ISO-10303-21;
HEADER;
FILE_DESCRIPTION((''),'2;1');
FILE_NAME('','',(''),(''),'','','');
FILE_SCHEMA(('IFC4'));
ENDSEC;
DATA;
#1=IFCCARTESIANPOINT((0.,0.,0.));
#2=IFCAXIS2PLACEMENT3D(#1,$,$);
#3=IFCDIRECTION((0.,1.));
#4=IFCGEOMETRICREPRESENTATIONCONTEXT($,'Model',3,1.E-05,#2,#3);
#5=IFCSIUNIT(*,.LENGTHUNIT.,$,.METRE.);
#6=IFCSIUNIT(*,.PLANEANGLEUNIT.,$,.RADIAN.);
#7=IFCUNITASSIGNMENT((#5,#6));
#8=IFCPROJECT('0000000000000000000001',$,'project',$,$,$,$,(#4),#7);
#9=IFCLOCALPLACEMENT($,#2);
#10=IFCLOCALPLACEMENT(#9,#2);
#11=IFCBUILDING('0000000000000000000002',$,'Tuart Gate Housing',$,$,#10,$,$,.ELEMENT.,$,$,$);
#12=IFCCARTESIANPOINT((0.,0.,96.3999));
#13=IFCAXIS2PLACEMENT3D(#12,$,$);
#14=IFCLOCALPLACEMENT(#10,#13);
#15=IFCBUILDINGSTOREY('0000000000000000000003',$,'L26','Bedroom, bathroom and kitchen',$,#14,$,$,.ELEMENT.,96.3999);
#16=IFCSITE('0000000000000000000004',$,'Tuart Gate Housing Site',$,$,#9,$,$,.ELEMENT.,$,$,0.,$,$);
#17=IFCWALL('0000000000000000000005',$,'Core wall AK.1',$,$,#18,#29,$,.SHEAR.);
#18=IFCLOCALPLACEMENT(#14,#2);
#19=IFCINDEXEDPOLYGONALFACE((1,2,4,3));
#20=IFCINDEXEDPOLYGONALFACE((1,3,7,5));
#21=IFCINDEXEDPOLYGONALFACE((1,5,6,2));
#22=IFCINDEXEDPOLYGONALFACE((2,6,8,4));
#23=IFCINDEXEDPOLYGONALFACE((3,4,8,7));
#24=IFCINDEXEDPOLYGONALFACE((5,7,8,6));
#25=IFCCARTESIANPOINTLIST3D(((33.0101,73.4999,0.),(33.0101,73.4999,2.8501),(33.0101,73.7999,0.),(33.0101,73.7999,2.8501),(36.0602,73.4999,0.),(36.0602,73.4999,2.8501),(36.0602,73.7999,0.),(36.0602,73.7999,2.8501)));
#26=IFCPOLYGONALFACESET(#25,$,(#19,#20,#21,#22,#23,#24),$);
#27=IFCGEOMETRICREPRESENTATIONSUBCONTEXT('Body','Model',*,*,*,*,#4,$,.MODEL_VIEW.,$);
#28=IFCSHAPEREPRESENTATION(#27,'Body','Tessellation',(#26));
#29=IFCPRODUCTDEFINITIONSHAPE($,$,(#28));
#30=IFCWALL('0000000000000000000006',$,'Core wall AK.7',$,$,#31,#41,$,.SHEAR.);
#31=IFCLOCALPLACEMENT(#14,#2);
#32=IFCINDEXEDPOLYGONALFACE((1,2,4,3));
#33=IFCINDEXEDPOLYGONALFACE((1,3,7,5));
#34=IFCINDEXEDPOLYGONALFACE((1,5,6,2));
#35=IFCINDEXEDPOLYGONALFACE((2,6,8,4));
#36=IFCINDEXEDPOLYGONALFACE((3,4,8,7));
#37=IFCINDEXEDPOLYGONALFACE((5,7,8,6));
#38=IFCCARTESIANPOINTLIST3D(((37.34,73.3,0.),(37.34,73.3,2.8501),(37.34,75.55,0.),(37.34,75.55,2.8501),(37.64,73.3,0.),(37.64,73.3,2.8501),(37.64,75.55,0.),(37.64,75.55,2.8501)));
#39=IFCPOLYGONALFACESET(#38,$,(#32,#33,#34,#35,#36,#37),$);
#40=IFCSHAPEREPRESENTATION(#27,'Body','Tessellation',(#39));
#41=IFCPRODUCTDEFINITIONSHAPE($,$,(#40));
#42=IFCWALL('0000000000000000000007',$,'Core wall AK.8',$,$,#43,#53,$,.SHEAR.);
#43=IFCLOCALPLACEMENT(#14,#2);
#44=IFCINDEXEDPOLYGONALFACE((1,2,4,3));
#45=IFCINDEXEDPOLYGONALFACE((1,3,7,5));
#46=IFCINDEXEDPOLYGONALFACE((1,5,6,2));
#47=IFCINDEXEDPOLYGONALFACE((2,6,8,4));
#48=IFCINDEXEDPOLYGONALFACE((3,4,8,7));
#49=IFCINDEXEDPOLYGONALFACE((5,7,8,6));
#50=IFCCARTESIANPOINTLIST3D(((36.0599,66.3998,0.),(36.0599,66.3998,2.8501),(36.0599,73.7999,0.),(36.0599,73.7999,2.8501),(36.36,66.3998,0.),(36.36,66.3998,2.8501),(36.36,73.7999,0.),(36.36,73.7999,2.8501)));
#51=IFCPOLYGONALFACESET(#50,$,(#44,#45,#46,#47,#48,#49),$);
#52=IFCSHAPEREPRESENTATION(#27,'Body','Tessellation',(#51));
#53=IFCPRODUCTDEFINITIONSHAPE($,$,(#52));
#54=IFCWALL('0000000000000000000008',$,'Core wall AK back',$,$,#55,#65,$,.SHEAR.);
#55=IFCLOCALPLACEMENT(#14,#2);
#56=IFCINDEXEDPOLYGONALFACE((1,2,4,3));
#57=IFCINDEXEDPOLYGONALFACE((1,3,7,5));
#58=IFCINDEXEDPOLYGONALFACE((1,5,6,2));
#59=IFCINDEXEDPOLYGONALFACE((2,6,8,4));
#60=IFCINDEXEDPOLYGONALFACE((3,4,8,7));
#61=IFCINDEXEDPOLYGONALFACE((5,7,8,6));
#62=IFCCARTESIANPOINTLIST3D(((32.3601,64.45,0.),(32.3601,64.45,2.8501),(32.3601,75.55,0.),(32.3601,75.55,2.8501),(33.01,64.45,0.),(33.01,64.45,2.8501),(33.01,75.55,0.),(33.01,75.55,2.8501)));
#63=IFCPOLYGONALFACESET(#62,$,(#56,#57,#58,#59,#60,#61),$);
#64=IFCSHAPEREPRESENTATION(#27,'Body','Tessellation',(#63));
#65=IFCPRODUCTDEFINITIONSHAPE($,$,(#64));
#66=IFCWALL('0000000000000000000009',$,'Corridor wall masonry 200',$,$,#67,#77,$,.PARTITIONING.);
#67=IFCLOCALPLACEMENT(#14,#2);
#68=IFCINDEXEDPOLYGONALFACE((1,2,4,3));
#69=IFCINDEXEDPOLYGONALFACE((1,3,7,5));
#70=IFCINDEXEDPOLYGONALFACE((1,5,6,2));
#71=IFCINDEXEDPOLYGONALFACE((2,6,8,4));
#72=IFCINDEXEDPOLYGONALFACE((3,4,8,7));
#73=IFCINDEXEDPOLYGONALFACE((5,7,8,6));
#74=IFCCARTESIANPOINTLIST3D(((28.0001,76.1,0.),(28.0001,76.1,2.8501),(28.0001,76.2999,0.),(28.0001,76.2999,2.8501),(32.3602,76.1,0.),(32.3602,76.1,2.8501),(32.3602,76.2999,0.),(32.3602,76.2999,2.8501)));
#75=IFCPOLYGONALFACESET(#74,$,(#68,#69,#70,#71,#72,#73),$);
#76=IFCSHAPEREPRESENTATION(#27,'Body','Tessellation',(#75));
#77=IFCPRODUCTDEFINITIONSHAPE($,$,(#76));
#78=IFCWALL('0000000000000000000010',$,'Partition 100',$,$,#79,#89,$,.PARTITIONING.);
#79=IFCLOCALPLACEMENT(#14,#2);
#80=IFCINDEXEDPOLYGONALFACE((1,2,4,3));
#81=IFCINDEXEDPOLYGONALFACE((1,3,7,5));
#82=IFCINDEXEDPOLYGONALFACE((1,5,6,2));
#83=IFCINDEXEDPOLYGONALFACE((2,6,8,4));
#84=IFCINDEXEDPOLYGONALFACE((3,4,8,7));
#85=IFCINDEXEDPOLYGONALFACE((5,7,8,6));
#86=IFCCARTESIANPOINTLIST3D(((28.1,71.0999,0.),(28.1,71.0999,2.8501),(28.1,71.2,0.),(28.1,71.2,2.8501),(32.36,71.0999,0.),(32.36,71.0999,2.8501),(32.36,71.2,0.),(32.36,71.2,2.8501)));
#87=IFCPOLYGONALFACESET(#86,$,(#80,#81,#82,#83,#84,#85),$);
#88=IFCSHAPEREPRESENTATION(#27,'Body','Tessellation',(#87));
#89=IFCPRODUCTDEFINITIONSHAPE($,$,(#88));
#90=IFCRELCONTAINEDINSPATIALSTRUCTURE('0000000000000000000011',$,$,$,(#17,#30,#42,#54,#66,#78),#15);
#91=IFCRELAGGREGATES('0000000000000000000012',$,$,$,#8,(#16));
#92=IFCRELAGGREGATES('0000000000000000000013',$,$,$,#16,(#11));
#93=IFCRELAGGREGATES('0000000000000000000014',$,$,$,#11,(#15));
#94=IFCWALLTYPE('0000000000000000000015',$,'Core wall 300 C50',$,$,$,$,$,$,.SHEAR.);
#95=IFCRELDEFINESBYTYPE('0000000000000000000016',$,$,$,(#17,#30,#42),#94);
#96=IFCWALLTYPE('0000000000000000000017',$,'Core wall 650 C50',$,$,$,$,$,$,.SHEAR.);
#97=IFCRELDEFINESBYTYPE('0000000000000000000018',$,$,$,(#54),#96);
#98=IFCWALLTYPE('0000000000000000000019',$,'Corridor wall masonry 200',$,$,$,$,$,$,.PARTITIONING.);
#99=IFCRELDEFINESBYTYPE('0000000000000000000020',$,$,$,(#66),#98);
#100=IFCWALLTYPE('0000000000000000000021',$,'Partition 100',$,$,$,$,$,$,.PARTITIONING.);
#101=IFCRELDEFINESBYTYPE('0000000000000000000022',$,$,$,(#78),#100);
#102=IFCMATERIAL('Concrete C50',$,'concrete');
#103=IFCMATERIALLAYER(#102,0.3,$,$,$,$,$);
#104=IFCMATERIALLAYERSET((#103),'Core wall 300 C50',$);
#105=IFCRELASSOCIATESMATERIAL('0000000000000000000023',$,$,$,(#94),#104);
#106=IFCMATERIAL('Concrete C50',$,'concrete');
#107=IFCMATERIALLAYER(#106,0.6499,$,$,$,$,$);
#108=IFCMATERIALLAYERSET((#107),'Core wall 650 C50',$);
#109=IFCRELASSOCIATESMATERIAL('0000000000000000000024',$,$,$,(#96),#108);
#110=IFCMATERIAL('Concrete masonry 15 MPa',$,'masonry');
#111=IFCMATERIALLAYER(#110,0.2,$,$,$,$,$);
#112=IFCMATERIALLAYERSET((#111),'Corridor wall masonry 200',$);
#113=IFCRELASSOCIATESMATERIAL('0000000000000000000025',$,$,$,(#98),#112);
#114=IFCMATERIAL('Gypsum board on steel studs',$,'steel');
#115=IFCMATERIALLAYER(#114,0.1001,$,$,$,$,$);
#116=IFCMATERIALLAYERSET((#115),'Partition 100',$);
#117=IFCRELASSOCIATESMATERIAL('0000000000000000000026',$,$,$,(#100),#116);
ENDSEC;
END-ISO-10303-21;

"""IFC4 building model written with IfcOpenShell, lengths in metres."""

from ifc_helpers import new_model, si_unit, direction, frame, frame_2d, origin, place, context, subcontext, project, spatial, rectangle, extrude, material, layer, layer_set, type_object, element, save


model = new_model("IFC4")

# Units and contexts
model_context = context("Model", 3, precision=1e-05, world=origin(), true_north=direction((0.0, 1.0)))
body_context = subcontext(model_context, "Body", "Model", "MODEL_VIEW")
ifc_project = project(units=[si_unit("LENGTHUNIT", "METRE"), si_unit("PLANEANGLEUNIT", "RADIAN")], contexts=[model_context])

# Site, building, storey
site_placement = place(None, origin())
site = spatial("IfcSite", under=ifc_project, at=site_placement, Name="Tuart Gate Housing Site", CompositionType="ELEMENT", RefElevation=0.0)
building_placement = place(site_placement, origin())
building = spatial("IfcBuilding", under=site, at=building_placement, Name="Tuart Gate Housing", CompositionType="ELEMENT")
storey_placement = place(building_placement, frame((0.0, 0.0, 96.3999)))
storey = spatial("IfcBuildingStorey", under=building, at=storey_placement, Name="L26", Description="Bedroom, bathroom and kitchen", CompositionType="ELEMENT", Elevation=96.3999)

# Walls
ifc_material_1 = material(Name="Concrete C50", Category="concrete")
ifc_layer_1 = layer(ifc_material_1, 0.3)
ifc_layer_set_1 = layer_set([ifc_layer_1], Name="Core wall 300 C50")
wall_type_1 = type_object("IfcWallType", Name="Core wall 300 C50", PredefinedType="SHEAR", material=ifc_layer_set_1)
wall_1_placement = place(storey_placement, frame((36.0601, 73.6499, 0.0), z_axis=(0.0, 0.0, 1.0), x_axis=(-1.0, 0.0, 0.0)))
element("IfcWall", 1, at=wall_1_placement, inside=storey, type_object=wall_type_1, Name="Core wall AK.1", PredefinedType="SHEAR", context=body_context, shape_type="SweptSolid", body=[
    extrude(rectangle(XDim=3.05, YDim=0.3, at=frame_2d((1.5249, 0.0))), origin(), (0.0, 0.0, 1.0), 2.8501),
])
wall_2_placement = place(storey_placement, frame((37.49, 75.55, 0.0), z_axis=(0.0, 0.0, 1.0), x_axis=(0.0, -1.0, 0.0)))
element("IfcWall", 2, at=wall_2_placement, inside=storey, type_object=wall_type_1, Name="Core wall AK.7", PredefinedType="SHEAR", context=body_context, shape_type="SweptSolid", body=[
    extrude(rectangle(XDim=2.25, YDim=0.3, at=frame_2d((1.125, 0.0))), origin(), (0.0, 0.0, 1.0), 2.8501),
])
wall_3_placement = place(storey_placement, frame((36.21, 73.8, 0.0), z_axis=(0.0, 0.0, 1.0), x_axis=(0.0, -1.0, 0.0)))
element("IfcWall", 3, at=wall_3_placement, inside=storey, type_object=wall_type_1, Name="Core wall AK.8", PredefinedType="SHEAR", context=body_context, shape_type="SweptSolid", body=[
    extrude(rectangle(XDim=7.4001, YDim=0.3, at=frame_2d((3.7002, 0.0))), origin(), (0.0, 0.0, 1.0), 2.8501),
])
ifc_material_2 = material(Name="Concrete C50", Category="concrete")
ifc_layer_2 = layer(ifc_material_2, 0.6499)
ifc_layer_set_2 = layer_set([ifc_layer_2], Name="Core wall 650 C50")
wall_type_2 = type_object("IfcWallType", Name="Core wall 650 C50", PredefinedType="SHEAR", material=ifc_layer_set_2)
wall_4_placement = place(storey_placement, frame((32.6851, 75.55, 0.0), z_axis=(0.0, 0.0, 1.0), x_axis=(0.0, -1.0, 0.0)))
element("IfcWall", 4, at=wall_4_placement, inside=storey, type_object=wall_type_2, Name="Core wall AK back", PredefinedType="SHEAR", context=body_context, shape_type="SweptSolid", body=[
    extrude(rectangle(XDim=11.1001, YDim=0.6499, at=frame_2d((5.55, 0.0))), origin(), (0.0, 0.0, 1.0), 2.8501),
])
ifc_material_3 = material(Name="Concrete masonry 15 MPa", Category="masonry")
ifc_layer_3 = layer(ifc_material_3, 0.2)
ifc_layer_set_3 = layer_set([ifc_layer_3], Name="Corridor wall masonry 200")
wall_type_3 = type_object("IfcWallType", Name="Corridor wall masonry 200", PredefinedType="PARTITIONING", material=ifc_layer_set_3)
wall_5_placement = place(storey_placement, frame((28.0, 76.2, 0.0), z_axis=(0.0, 0.0, 1.0), x_axis=(1.0, 0.0, 0.0)))
element("IfcWall", 5, at=wall_5_placement, inside=storey, type_object=wall_type_3, Name="Corridor wall masonry 200", PredefinedType="PARTITIONING", context=body_context, shape_type="SweptSolid", body=[
    extrude(rectangle(XDim=4.3601, YDim=0.2, at=frame_2d((2.1802, 0.0))), origin(), (0.0, 0.0, 1.0), 2.8501),
])
ifc_material_4 = material(Name="Gypsum board on steel studs", Category="steel")
ifc_layer_4 = layer(ifc_material_4, 0.1001)
ifc_layer_set_4 = layer_set([ifc_layer_4], Name="Partition 100")
wall_type_4 = type_object("IfcWallType", Name="Partition 100", PredefinedType="PARTITIONING", material=ifc_layer_set_4)
wall_6_placement = place(storey_placement, frame((28.1001, 71.1499, 0.0), z_axis=(0.0, 0.0, 1.0), x_axis=(1.0, 0.0, 0.0)))
element("IfcWall", 6, at=wall_6_placement, inside=storey, type_object=wall_type_4, Name="Partition 100", PredefinedType="PARTITIONING", context=body_context, shape_type="SweptSolid", body=[
    extrude(rectangle(XDim=4.26, YDim=0.1001, at=frame_2d((2.1299, 0.0))), origin(), (0.0, 0.0, 1.0), 2.8501),
])

save(model, "model.ifc")
